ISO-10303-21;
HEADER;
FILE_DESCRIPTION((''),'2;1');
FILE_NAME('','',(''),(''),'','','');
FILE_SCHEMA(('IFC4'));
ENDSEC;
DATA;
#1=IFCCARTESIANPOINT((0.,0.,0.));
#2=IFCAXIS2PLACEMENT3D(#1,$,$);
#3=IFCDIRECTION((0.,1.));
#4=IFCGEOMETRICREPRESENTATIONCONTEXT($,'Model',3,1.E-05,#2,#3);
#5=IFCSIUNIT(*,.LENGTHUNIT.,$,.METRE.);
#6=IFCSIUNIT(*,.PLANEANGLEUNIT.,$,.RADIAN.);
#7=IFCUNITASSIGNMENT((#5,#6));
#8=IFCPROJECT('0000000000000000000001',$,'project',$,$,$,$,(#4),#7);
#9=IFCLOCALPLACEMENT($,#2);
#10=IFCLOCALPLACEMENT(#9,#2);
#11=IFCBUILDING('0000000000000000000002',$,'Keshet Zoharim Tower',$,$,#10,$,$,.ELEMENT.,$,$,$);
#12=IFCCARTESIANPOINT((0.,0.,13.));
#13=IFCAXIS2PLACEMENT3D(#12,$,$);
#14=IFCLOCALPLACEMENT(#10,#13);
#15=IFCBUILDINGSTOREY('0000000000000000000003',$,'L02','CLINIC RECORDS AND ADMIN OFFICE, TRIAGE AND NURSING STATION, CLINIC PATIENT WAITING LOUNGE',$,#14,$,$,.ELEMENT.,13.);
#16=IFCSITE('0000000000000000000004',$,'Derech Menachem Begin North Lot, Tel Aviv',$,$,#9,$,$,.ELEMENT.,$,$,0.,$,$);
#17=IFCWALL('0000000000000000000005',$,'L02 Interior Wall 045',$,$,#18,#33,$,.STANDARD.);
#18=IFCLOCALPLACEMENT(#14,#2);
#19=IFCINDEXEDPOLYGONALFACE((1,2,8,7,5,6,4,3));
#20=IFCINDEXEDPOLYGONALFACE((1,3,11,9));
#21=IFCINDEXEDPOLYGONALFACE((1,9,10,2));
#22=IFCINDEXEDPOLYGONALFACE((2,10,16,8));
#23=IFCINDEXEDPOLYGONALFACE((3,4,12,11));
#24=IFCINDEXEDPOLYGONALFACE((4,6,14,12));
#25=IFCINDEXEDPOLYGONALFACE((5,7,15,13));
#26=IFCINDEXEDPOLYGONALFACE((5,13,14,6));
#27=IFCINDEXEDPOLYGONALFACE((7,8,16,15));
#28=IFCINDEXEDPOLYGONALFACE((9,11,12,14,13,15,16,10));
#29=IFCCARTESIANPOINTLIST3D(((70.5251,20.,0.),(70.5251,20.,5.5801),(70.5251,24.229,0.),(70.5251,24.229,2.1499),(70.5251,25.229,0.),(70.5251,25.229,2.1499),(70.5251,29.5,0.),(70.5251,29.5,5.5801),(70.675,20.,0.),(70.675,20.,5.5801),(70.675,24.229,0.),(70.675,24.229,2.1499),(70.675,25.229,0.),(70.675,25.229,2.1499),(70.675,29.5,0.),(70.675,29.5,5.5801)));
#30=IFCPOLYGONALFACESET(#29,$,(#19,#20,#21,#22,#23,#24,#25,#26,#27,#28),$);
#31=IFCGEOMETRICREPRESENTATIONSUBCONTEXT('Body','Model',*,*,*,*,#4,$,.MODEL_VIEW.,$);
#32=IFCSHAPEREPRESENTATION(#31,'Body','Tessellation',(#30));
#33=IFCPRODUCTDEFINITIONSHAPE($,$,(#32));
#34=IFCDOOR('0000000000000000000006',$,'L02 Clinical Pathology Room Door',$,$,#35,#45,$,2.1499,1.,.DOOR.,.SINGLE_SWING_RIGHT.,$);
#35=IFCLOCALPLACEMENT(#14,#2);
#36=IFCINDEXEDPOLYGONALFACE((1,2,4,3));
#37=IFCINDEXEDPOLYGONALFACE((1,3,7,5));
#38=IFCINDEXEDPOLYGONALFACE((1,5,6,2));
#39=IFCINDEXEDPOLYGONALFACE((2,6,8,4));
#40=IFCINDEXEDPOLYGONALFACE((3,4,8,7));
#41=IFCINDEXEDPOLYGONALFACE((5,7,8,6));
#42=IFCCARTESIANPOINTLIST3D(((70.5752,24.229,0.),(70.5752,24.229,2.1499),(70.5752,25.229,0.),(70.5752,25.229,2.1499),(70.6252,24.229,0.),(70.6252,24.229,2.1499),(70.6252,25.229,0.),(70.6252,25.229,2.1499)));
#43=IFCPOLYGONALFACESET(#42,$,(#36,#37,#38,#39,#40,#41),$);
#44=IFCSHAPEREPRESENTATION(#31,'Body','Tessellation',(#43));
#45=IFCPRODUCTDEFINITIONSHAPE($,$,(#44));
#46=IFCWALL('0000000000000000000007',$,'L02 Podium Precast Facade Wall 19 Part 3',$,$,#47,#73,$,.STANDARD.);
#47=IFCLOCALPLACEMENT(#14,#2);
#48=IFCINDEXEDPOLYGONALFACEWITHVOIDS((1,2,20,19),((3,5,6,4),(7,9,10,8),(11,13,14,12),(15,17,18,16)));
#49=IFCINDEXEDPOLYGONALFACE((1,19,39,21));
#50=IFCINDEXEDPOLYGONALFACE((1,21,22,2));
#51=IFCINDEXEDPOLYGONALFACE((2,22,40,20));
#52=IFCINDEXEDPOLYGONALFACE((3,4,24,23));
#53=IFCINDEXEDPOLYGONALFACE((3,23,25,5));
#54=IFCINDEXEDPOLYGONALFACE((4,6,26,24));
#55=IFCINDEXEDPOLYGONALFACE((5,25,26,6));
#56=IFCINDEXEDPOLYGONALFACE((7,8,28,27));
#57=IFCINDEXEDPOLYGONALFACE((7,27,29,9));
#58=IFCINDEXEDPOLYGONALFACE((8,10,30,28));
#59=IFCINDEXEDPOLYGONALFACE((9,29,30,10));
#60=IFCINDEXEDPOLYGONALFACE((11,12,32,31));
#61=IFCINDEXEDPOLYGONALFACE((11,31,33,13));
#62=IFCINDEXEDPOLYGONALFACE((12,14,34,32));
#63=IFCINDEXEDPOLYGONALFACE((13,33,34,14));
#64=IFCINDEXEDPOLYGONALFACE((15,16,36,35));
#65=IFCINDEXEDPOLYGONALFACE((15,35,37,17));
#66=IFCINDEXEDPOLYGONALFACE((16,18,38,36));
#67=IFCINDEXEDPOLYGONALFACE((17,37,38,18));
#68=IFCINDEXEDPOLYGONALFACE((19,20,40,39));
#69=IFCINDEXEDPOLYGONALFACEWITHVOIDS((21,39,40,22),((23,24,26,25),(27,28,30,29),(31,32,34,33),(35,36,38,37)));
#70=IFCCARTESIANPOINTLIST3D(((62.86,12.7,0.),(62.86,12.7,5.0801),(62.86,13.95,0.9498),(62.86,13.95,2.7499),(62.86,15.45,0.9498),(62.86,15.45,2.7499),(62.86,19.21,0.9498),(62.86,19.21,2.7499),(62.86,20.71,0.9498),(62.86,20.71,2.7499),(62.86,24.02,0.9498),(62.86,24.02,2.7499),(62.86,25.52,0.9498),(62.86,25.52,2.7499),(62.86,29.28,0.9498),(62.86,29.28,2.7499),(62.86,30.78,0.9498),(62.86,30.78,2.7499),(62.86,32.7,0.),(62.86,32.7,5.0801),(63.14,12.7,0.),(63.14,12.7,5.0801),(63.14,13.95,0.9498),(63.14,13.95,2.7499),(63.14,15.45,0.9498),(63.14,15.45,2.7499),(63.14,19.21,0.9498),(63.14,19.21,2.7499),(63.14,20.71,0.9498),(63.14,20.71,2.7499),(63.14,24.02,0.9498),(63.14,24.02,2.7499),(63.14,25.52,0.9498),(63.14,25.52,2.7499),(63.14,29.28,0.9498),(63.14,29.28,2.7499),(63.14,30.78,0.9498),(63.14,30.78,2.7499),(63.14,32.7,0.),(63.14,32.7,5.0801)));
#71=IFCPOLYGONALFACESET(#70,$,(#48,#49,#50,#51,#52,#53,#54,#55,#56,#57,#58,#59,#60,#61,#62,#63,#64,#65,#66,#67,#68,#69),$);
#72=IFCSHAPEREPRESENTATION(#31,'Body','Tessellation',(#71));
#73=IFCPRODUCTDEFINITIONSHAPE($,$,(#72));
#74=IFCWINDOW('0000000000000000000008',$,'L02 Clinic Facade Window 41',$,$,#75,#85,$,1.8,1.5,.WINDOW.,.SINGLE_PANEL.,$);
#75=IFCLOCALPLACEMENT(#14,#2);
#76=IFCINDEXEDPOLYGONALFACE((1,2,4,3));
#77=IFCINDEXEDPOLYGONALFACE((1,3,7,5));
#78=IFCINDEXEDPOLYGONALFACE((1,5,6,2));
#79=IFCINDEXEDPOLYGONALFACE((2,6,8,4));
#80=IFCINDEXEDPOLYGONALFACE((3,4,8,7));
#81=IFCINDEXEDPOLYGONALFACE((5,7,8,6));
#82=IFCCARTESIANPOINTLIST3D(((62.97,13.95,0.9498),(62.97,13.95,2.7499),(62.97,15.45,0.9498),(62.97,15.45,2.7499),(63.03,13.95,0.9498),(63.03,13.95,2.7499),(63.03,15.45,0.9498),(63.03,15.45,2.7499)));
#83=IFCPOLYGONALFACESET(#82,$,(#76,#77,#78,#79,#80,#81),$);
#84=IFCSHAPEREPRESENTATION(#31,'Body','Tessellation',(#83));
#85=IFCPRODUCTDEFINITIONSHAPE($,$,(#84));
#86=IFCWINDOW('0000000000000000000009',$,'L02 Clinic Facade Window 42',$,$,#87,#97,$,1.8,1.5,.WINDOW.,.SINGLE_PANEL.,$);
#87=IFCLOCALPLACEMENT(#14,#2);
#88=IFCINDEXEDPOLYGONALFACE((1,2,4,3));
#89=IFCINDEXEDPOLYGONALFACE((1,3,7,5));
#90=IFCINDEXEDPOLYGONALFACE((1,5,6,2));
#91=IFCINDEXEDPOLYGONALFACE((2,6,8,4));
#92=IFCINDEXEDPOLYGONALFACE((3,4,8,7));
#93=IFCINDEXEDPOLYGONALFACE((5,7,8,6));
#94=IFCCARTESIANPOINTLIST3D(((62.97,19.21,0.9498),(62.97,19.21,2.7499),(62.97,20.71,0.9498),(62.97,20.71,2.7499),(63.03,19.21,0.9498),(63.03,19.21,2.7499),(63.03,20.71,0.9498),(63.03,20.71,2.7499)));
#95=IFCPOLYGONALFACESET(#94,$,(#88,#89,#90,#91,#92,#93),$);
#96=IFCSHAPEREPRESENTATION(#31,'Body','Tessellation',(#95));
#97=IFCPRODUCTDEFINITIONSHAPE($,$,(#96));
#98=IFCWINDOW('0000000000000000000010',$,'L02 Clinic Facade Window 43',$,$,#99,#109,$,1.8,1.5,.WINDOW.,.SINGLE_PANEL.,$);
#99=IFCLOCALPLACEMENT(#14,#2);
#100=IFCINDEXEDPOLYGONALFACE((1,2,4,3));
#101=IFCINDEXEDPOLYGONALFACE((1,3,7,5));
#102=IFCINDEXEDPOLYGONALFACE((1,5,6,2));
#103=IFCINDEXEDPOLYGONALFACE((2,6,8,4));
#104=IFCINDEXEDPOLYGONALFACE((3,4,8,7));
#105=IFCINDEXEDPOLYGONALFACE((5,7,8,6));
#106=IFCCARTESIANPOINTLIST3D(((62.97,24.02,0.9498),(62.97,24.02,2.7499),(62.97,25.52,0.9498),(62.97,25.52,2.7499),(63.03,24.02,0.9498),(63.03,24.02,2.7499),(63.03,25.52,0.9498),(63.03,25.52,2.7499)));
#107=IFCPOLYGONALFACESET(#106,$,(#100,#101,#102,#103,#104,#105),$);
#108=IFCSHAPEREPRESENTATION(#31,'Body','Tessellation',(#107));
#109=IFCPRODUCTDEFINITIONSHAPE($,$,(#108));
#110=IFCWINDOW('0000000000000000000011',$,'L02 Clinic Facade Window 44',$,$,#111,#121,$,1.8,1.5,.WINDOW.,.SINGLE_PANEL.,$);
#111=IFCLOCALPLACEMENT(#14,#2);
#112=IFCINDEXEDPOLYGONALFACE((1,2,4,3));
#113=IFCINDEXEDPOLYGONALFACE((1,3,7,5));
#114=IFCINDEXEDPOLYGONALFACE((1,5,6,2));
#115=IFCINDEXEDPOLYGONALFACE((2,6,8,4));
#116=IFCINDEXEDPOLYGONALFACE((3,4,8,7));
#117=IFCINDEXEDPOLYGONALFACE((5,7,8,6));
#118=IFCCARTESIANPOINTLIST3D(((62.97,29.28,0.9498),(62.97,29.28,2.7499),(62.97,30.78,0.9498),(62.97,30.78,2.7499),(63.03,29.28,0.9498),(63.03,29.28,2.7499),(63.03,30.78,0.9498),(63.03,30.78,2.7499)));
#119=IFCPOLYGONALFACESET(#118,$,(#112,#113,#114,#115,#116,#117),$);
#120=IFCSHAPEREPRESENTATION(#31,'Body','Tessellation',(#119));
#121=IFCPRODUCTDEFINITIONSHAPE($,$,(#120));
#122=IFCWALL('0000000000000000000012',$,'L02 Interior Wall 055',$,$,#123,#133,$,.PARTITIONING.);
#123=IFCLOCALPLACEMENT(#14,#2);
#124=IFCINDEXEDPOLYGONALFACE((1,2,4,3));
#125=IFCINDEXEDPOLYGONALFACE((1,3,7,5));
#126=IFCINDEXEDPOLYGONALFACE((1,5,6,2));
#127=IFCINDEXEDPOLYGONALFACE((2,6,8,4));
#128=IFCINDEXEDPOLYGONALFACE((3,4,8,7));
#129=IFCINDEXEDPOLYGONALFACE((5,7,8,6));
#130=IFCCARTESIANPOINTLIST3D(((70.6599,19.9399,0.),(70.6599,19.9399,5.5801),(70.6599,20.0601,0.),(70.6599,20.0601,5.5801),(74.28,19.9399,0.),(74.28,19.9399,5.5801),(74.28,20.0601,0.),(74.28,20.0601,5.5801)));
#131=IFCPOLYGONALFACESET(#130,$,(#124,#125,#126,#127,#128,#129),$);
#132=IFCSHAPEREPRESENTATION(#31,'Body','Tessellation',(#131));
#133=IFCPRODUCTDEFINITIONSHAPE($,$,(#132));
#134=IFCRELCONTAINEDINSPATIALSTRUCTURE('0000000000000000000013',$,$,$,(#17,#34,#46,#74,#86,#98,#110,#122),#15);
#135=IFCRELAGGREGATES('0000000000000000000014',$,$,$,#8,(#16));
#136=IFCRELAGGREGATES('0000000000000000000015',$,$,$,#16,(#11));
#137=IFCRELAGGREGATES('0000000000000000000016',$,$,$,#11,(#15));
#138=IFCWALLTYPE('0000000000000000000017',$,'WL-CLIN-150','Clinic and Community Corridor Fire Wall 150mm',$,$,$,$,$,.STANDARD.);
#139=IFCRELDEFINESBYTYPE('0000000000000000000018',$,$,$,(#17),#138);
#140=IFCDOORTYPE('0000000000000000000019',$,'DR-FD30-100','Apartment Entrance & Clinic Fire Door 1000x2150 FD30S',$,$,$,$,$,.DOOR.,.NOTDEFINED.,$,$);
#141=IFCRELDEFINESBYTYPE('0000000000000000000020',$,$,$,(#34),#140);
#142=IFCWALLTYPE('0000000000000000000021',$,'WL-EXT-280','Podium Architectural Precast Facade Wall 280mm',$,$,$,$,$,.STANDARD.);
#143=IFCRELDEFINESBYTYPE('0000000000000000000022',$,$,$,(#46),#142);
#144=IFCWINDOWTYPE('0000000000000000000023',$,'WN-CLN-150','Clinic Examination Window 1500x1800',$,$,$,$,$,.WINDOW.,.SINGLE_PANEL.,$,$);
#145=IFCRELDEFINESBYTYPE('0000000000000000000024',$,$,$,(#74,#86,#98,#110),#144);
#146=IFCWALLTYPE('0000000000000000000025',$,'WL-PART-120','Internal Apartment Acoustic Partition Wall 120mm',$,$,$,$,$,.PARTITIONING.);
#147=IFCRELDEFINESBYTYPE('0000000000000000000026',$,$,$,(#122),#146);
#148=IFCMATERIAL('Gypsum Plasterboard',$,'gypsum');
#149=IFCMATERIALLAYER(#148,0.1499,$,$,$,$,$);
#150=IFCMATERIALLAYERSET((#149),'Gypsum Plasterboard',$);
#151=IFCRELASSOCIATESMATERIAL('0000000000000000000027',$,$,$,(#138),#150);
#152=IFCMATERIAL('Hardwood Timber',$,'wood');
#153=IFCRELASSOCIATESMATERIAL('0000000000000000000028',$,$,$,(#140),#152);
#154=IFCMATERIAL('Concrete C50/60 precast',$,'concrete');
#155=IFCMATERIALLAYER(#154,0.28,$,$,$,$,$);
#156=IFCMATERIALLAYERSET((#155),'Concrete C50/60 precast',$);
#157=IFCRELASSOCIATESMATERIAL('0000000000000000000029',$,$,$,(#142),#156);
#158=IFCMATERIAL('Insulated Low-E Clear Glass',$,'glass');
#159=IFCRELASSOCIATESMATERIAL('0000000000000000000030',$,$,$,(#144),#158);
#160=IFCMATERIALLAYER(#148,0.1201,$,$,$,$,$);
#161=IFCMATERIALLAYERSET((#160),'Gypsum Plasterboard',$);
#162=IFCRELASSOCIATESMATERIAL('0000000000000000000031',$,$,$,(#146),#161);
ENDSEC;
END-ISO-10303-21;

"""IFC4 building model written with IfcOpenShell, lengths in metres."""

from ifc_helpers import new_model, si_unit, direction, frame, frame_2d, origin, place, context, subcontext, project, spatial, rectangle, extrude, material, layer, layer_set, type_object, element, fill, save


model = new_model("IFC4")

# Units and contexts
model_context = context("Model", 3, precision=1e-05, world=origin(), true_north=direction((0.0, 1.0)))
body_context = subcontext(model_context, "Body", "Model", "MODEL_VIEW")
ifc_project = project(units=[si_unit("LENGTHUNIT", "METRE"), si_unit("PLANEANGLEUNIT", "RADIAN")], contexts=[model_context])

# Site, building, storey
site_placement = place(None, origin())
site = spatial("IfcSite", under=ifc_project, at=site_placement, Name="Derech Menachem Begin North Lot, Tel Aviv", CompositionType="ELEMENT", RefElevation=0.0)
building_placement = place(site_placement, origin())
building = spatial("IfcBuilding", under=site, at=building_placement, Name="Keshet Zoharim Tower", CompositionType="ELEMENT")
storey_placement = place(building_placement, frame((0.0, 0.0, 13.0)))
storey = spatial("IfcBuildingStorey", under=building, at=storey_placement, Name="L02", Description="CLINIC RECORDS AND ADMIN OFFICE, TRIAGE AND NURSING STATION, CLINIC PATIENT WAITING LOUNGE", CompositionType="ELEMENT", Elevation=13.0)

# Wall, opening, door
ifc_material_1 = material(Name="Gypsum Plasterboard", Category="gypsum")
ifc_layer_1 = layer(ifc_material_1, 0.1499)
ifc_layer_set_1 = layer_set([ifc_layer_1], Name="Gypsum Plasterboard")
wall_type_1 = type_object("IfcWallType", Name="WL-CLIN-150", Description="Clinic and Community Corridor Fire Wall 150mm", PredefinedType="STANDARD", material=ifc_layer_set_1)
wall_1_placement = place(storey_placement, frame((70.6001, 20.0, 0.0), z_axis=(0.0, 0.0, 1.0), x_axis=(0.0, 1.0, 0.0)))
wall_1 = element("IfcWall", 1, at=wall_1_placement, inside=storey, type_object=wall_type_1, Name="L02 Interior Wall 045", PredefinedType="STANDARD", context=body_context, shape_type="SweptSolid", body=[
    extrude(rectangle(XDim=9.5, YDim=0.1499, at=frame_2d((4.75, 0.0))), origin(), (0.0, 0.0, 1.0), 5.5801),
])
opening_1_placement = place(wall_1_placement, frame((4.229, 0.0, 0.0)))
opening_1 = element("IfcOpeningElement", 2, at=opening_1_placement, cuts=wall_1, PredefinedType="OPENING", context=body_context, shape_type="SweptSolid", body=[
    extrude(rectangle(XDim=1.0, YDim=2.1499, at=frame_2d((0.5, 1.075))), frame((0.0, 0.085, 0.0), z_axis=(0.0, -1.0, 0.0), x_axis=(1.0, 0.0, 0.0)), (0.0, 0.0, 1.0), 0.1699),
])
ifc_material_2 = material(Name="Hardwood Timber", Category="wood")
door_type = type_object("IfcDoorType", Name="DR-FD30-100", Description="Apartment Entrance & Clinic Fire Door 1000x2150 FD30S", OperationType="NOTDEFINED", PredefinedType="DOOR", material=ifc_material_2)
door_placement = place(opening_1_placement, origin())
door = element("IfcDoor", 3, at=door_placement, inside=storey, type_object=door_type, Name="L02 Clinical Pathology Room Door", OperationType="SINGLE_SWING_RIGHT", OverallHeight=2.1499, OverallWidth=1.0, PredefinedType="DOOR", context=body_context, shape_type="SweptSolid", body=[
    extrude(rectangle(XDim=1.0, YDim=2.1499, at=frame_2d((0.5, 1.075))), frame((0.0, 0.0249, 0.0), z_axis=(0.0, -1.0, 0.0), x_axis=(1.0, 0.0, 0.0)), (0.0, 0.0, 1.0), 0.05),
])
fill(opening_1, door)

# Wall, openings, windows
ifc_material_3 = material(Name="Concrete C50/60 precast", Category="concrete")
ifc_layer_2 = layer(ifc_material_3, 0.28)
ifc_layer_set_2 = layer_set([ifc_layer_2], Name="Concrete C50/60 precast")
wall_type_2 = type_object("IfcWallType", Name="WL-EXT-280", Description="Podium Architectural Precast Facade Wall 280mm", PredefinedType="STANDARD", material=ifc_layer_set_2)
wall_2_placement = place(storey_placement, frame((63.0, 12.7, 0.0), z_axis=(0.0, 0.0, 1.0), x_axis=(0.0, 1.0, 0.0)))
wall_2 = element("IfcWall", 4, at=wall_2_placement, inside=storey, type_object=wall_type_2, Name="L02 Podium Precast Facade Wall 19 Part 3", PredefinedType="STANDARD", context=body_context, shape_type="SweptSolid", body=[
    extrude(rectangle(XDim=20.0, YDim=0.28, at=frame_2d((10.0, 0.0))), origin(), (0.0, 0.0, 1.0), 5.0801),
])
opening_2_placement = place(wall_2_placement, frame((1.25, 0.0, 0.95)))
opening_2 = element("IfcOpeningElement", 5, at=opening_2_placement, cuts=wall_2, PredefinedType="OPENING", context=body_context, shape_type="SweptSolid", body=[
    extrude(rectangle(XDim=1.5, YDim=1.8, at=frame_2d((0.75, 0.8999))), frame((0.0, 0.1499, 0.0), z_axis=(0.0, -1.0, 0.0), x_axis=(1.0, 0.0, 0.0)), (0.0, 0.0, 1.0), 0.3),
])
opening_3_placement = place(wall_2_placement, frame((6.51, 0.0, 0.95)))
opening_3 = element("IfcOpeningElement", 6, at=opening_3_placement, cuts=wall_2, PredefinedType="OPENING", context=body_context, shape_type="SweptSolid", body=[
    extrude(rectangle(XDim=1.5, YDim=1.8, at=frame_2d((0.75, 0.8999))), frame((0.0, 0.1499, 0.0), z_axis=(0.0, -1.0, 0.0), x_axis=(1.0, 0.0, 0.0)), (0.0, 0.0, 1.0), 0.3),
])
opening_4_placement = place(wall_2_placement, frame((11.3201, 0.0, 0.95)))
opening_4 = element("IfcOpeningElement", 7, at=opening_4_placement, cuts=wall_2, PredefinedType="OPENING", context=body_context, shape_type="SweptSolid", body=[
    extrude(rectangle(XDim=1.5, YDim=1.8, at=frame_2d((0.75, 0.8999))), frame((0.0, 0.1499, 0.0), z_axis=(0.0, -1.0, 0.0), x_axis=(1.0, 0.0, 0.0)), (0.0, 0.0, 1.0), 0.3),
])
opening_5_placement = place(wall_2_placement, frame((16.5801, 0.0, 0.95)))
opening_5 = element("IfcOpeningElement", 8, at=opening_5_placement, cuts=wall_2, PredefinedType="OPENING", context=body_context, shape_type="SweptSolid", body=[
    extrude(rectangle(XDim=1.5, YDim=1.8, at=frame_2d((0.75, 0.8999))), frame((0.0, 0.1499, 0.0), z_axis=(0.0, -1.0, 0.0), x_axis=(1.0, 0.0, 0.0)), (0.0, 0.0, 1.0), 0.3),
])
ifc_material_4 = material(Name="Insulated Low-E Clear Glass", Category="glass")
window_type = type_object("IfcWindowType", Name="WN-CLN-150", Description="Clinic Examination Window 1500x1800", PartitioningType="SINGLE_PANEL", PredefinedType="WINDOW", material=ifc_material_4)
window_1_placement = place(opening_2_placement, origin())
window_1 = element("IfcWindow", 9, at=window_1_placement, inside=storey, type_object=window_type, Name="L02 Clinic Facade Window 41", OverallHeight=1.8, OverallWidth=1.5, PartitioningType="SINGLE_PANEL", PredefinedType="WINDOW", context=body_context, shape_type="SweptSolid", body=[
    extrude(rectangle(XDim=1.5, YDim=1.8, at=frame_2d((0.75, 0.8999))), frame((0.0, 0.03, 0.0), z_axis=(0.0, -1.0, 0.0), x_axis=(1.0, 0.0, 0.0)), (0.0, 0.0, 1.0), 0.0601),
])
fill(opening_2, window_1)
window_2_placement = place(opening_3_placement, origin())
window_2 = element("IfcWindow", 10, at=window_2_placement, inside=storey, type_object=window_type, Name="L02 Clinic Facade Window 42", OverallHeight=1.8, OverallWidth=1.5, PartitioningType="SINGLE_PANEL", PredefinedType="WINDOW", context=body_context, shape_type="SweptSolid", body=[
    extrude(rectangle(XDim=1.5, YDim=1.8, at=frame_2d((0.75, 0.8999))), frame((0.0, 0.03, 0.0), z_axis=(0.0, -1.0, 0.0), x_axis=(1.0, 0.0, 0.0)), (0.0, 0.0, 1.0), 0.0601),
])
fill(opening_3, window_2)
window_3_placement = place(opening_4_placement, origin())
window_3 = element("IfcWindow", 11, at=window_3_placement, inside=storey, type_object=window_type, Name="L02 Clinic Facade Window 43", OverallHeight=1.8, OverallWidth=1.5, PartitioningType="SINGLE_PANEL", PredefinedType="WINDOW", context=body_context, shape_type="SweptSolid", body=[
    extrude(rectangle(XDim=1.5, YDim=1.8, at=frame_2d((0.75, 0.8999))), frame((0.0, 0.03, 0.0), z_axis=(0.0, -1.0, 0.0), x_axis=(1.0, 0.0, 0.0)), (0.0, 0.0, 1.0), 0.0601),
])
fill(opening_4, window_3)
window_4_placement = place(opening_5_placement, origin())
window_4 = element("IfcWindow", 12, at=window_4_placement, inside=storey, type_object=window_type, Name="L02 Clinic Facade Window 44", OverallHeight=1.8, OverallWidth=1.5, PartitioningType="SINGLE_PANEL", PredefinedType="WINDOW", context=body_context, shape_type="SweptSolid", body=[
    extrude(rectangle(XDim=1.5, YDim=1.8, at=frame_2d((0.75, 0.8999))), frame((0.0, 0.03, 0.0), z_axis=(0.0, -1.0, 0.0), x_axis=(1.0, 0.0, 0.0)), (0.0, 0.0, 1.0), 0.0601),
])
fill(opening_5, window_4)

# Wall
ifc_layer_3 = layer(ifc_material_1, 0.1201)
ifc_layer_set_3 = layer_set([ifc_layer_3], Name="Gypsum Plasterboard")
wall_type_3 = type_object("IfcWallType", Name="WL-PART-120", Description="Internal Apartment Acoustic Partition Wall 120mm", PredefinedType="PARTITIONING", material=ifc_layer_set_3)
wall_3_placement = place(storey_placement, frame((70.6599, 20.0, 0.0), z_axis=(0.0, 0.0, 1.0), x_axis=(1.0, 0.0, 0.0)))
element("IfcWall", 13, at=wall_3_placement, inside=storey, type_object=wall_type_3, Name="L02 Interior Wall 055", PredefinedType="PARTITIONING", context=body_context, shape_type="SweptSolid", body=[
    extrude(rectangle(XDim=3.6201, YDim=0.1201, at=frame_2d((1.8101, 0.0))), origin(), (0.0, 0.0, 1.0), 5.5801),
])

save(model, "model.ifc")
